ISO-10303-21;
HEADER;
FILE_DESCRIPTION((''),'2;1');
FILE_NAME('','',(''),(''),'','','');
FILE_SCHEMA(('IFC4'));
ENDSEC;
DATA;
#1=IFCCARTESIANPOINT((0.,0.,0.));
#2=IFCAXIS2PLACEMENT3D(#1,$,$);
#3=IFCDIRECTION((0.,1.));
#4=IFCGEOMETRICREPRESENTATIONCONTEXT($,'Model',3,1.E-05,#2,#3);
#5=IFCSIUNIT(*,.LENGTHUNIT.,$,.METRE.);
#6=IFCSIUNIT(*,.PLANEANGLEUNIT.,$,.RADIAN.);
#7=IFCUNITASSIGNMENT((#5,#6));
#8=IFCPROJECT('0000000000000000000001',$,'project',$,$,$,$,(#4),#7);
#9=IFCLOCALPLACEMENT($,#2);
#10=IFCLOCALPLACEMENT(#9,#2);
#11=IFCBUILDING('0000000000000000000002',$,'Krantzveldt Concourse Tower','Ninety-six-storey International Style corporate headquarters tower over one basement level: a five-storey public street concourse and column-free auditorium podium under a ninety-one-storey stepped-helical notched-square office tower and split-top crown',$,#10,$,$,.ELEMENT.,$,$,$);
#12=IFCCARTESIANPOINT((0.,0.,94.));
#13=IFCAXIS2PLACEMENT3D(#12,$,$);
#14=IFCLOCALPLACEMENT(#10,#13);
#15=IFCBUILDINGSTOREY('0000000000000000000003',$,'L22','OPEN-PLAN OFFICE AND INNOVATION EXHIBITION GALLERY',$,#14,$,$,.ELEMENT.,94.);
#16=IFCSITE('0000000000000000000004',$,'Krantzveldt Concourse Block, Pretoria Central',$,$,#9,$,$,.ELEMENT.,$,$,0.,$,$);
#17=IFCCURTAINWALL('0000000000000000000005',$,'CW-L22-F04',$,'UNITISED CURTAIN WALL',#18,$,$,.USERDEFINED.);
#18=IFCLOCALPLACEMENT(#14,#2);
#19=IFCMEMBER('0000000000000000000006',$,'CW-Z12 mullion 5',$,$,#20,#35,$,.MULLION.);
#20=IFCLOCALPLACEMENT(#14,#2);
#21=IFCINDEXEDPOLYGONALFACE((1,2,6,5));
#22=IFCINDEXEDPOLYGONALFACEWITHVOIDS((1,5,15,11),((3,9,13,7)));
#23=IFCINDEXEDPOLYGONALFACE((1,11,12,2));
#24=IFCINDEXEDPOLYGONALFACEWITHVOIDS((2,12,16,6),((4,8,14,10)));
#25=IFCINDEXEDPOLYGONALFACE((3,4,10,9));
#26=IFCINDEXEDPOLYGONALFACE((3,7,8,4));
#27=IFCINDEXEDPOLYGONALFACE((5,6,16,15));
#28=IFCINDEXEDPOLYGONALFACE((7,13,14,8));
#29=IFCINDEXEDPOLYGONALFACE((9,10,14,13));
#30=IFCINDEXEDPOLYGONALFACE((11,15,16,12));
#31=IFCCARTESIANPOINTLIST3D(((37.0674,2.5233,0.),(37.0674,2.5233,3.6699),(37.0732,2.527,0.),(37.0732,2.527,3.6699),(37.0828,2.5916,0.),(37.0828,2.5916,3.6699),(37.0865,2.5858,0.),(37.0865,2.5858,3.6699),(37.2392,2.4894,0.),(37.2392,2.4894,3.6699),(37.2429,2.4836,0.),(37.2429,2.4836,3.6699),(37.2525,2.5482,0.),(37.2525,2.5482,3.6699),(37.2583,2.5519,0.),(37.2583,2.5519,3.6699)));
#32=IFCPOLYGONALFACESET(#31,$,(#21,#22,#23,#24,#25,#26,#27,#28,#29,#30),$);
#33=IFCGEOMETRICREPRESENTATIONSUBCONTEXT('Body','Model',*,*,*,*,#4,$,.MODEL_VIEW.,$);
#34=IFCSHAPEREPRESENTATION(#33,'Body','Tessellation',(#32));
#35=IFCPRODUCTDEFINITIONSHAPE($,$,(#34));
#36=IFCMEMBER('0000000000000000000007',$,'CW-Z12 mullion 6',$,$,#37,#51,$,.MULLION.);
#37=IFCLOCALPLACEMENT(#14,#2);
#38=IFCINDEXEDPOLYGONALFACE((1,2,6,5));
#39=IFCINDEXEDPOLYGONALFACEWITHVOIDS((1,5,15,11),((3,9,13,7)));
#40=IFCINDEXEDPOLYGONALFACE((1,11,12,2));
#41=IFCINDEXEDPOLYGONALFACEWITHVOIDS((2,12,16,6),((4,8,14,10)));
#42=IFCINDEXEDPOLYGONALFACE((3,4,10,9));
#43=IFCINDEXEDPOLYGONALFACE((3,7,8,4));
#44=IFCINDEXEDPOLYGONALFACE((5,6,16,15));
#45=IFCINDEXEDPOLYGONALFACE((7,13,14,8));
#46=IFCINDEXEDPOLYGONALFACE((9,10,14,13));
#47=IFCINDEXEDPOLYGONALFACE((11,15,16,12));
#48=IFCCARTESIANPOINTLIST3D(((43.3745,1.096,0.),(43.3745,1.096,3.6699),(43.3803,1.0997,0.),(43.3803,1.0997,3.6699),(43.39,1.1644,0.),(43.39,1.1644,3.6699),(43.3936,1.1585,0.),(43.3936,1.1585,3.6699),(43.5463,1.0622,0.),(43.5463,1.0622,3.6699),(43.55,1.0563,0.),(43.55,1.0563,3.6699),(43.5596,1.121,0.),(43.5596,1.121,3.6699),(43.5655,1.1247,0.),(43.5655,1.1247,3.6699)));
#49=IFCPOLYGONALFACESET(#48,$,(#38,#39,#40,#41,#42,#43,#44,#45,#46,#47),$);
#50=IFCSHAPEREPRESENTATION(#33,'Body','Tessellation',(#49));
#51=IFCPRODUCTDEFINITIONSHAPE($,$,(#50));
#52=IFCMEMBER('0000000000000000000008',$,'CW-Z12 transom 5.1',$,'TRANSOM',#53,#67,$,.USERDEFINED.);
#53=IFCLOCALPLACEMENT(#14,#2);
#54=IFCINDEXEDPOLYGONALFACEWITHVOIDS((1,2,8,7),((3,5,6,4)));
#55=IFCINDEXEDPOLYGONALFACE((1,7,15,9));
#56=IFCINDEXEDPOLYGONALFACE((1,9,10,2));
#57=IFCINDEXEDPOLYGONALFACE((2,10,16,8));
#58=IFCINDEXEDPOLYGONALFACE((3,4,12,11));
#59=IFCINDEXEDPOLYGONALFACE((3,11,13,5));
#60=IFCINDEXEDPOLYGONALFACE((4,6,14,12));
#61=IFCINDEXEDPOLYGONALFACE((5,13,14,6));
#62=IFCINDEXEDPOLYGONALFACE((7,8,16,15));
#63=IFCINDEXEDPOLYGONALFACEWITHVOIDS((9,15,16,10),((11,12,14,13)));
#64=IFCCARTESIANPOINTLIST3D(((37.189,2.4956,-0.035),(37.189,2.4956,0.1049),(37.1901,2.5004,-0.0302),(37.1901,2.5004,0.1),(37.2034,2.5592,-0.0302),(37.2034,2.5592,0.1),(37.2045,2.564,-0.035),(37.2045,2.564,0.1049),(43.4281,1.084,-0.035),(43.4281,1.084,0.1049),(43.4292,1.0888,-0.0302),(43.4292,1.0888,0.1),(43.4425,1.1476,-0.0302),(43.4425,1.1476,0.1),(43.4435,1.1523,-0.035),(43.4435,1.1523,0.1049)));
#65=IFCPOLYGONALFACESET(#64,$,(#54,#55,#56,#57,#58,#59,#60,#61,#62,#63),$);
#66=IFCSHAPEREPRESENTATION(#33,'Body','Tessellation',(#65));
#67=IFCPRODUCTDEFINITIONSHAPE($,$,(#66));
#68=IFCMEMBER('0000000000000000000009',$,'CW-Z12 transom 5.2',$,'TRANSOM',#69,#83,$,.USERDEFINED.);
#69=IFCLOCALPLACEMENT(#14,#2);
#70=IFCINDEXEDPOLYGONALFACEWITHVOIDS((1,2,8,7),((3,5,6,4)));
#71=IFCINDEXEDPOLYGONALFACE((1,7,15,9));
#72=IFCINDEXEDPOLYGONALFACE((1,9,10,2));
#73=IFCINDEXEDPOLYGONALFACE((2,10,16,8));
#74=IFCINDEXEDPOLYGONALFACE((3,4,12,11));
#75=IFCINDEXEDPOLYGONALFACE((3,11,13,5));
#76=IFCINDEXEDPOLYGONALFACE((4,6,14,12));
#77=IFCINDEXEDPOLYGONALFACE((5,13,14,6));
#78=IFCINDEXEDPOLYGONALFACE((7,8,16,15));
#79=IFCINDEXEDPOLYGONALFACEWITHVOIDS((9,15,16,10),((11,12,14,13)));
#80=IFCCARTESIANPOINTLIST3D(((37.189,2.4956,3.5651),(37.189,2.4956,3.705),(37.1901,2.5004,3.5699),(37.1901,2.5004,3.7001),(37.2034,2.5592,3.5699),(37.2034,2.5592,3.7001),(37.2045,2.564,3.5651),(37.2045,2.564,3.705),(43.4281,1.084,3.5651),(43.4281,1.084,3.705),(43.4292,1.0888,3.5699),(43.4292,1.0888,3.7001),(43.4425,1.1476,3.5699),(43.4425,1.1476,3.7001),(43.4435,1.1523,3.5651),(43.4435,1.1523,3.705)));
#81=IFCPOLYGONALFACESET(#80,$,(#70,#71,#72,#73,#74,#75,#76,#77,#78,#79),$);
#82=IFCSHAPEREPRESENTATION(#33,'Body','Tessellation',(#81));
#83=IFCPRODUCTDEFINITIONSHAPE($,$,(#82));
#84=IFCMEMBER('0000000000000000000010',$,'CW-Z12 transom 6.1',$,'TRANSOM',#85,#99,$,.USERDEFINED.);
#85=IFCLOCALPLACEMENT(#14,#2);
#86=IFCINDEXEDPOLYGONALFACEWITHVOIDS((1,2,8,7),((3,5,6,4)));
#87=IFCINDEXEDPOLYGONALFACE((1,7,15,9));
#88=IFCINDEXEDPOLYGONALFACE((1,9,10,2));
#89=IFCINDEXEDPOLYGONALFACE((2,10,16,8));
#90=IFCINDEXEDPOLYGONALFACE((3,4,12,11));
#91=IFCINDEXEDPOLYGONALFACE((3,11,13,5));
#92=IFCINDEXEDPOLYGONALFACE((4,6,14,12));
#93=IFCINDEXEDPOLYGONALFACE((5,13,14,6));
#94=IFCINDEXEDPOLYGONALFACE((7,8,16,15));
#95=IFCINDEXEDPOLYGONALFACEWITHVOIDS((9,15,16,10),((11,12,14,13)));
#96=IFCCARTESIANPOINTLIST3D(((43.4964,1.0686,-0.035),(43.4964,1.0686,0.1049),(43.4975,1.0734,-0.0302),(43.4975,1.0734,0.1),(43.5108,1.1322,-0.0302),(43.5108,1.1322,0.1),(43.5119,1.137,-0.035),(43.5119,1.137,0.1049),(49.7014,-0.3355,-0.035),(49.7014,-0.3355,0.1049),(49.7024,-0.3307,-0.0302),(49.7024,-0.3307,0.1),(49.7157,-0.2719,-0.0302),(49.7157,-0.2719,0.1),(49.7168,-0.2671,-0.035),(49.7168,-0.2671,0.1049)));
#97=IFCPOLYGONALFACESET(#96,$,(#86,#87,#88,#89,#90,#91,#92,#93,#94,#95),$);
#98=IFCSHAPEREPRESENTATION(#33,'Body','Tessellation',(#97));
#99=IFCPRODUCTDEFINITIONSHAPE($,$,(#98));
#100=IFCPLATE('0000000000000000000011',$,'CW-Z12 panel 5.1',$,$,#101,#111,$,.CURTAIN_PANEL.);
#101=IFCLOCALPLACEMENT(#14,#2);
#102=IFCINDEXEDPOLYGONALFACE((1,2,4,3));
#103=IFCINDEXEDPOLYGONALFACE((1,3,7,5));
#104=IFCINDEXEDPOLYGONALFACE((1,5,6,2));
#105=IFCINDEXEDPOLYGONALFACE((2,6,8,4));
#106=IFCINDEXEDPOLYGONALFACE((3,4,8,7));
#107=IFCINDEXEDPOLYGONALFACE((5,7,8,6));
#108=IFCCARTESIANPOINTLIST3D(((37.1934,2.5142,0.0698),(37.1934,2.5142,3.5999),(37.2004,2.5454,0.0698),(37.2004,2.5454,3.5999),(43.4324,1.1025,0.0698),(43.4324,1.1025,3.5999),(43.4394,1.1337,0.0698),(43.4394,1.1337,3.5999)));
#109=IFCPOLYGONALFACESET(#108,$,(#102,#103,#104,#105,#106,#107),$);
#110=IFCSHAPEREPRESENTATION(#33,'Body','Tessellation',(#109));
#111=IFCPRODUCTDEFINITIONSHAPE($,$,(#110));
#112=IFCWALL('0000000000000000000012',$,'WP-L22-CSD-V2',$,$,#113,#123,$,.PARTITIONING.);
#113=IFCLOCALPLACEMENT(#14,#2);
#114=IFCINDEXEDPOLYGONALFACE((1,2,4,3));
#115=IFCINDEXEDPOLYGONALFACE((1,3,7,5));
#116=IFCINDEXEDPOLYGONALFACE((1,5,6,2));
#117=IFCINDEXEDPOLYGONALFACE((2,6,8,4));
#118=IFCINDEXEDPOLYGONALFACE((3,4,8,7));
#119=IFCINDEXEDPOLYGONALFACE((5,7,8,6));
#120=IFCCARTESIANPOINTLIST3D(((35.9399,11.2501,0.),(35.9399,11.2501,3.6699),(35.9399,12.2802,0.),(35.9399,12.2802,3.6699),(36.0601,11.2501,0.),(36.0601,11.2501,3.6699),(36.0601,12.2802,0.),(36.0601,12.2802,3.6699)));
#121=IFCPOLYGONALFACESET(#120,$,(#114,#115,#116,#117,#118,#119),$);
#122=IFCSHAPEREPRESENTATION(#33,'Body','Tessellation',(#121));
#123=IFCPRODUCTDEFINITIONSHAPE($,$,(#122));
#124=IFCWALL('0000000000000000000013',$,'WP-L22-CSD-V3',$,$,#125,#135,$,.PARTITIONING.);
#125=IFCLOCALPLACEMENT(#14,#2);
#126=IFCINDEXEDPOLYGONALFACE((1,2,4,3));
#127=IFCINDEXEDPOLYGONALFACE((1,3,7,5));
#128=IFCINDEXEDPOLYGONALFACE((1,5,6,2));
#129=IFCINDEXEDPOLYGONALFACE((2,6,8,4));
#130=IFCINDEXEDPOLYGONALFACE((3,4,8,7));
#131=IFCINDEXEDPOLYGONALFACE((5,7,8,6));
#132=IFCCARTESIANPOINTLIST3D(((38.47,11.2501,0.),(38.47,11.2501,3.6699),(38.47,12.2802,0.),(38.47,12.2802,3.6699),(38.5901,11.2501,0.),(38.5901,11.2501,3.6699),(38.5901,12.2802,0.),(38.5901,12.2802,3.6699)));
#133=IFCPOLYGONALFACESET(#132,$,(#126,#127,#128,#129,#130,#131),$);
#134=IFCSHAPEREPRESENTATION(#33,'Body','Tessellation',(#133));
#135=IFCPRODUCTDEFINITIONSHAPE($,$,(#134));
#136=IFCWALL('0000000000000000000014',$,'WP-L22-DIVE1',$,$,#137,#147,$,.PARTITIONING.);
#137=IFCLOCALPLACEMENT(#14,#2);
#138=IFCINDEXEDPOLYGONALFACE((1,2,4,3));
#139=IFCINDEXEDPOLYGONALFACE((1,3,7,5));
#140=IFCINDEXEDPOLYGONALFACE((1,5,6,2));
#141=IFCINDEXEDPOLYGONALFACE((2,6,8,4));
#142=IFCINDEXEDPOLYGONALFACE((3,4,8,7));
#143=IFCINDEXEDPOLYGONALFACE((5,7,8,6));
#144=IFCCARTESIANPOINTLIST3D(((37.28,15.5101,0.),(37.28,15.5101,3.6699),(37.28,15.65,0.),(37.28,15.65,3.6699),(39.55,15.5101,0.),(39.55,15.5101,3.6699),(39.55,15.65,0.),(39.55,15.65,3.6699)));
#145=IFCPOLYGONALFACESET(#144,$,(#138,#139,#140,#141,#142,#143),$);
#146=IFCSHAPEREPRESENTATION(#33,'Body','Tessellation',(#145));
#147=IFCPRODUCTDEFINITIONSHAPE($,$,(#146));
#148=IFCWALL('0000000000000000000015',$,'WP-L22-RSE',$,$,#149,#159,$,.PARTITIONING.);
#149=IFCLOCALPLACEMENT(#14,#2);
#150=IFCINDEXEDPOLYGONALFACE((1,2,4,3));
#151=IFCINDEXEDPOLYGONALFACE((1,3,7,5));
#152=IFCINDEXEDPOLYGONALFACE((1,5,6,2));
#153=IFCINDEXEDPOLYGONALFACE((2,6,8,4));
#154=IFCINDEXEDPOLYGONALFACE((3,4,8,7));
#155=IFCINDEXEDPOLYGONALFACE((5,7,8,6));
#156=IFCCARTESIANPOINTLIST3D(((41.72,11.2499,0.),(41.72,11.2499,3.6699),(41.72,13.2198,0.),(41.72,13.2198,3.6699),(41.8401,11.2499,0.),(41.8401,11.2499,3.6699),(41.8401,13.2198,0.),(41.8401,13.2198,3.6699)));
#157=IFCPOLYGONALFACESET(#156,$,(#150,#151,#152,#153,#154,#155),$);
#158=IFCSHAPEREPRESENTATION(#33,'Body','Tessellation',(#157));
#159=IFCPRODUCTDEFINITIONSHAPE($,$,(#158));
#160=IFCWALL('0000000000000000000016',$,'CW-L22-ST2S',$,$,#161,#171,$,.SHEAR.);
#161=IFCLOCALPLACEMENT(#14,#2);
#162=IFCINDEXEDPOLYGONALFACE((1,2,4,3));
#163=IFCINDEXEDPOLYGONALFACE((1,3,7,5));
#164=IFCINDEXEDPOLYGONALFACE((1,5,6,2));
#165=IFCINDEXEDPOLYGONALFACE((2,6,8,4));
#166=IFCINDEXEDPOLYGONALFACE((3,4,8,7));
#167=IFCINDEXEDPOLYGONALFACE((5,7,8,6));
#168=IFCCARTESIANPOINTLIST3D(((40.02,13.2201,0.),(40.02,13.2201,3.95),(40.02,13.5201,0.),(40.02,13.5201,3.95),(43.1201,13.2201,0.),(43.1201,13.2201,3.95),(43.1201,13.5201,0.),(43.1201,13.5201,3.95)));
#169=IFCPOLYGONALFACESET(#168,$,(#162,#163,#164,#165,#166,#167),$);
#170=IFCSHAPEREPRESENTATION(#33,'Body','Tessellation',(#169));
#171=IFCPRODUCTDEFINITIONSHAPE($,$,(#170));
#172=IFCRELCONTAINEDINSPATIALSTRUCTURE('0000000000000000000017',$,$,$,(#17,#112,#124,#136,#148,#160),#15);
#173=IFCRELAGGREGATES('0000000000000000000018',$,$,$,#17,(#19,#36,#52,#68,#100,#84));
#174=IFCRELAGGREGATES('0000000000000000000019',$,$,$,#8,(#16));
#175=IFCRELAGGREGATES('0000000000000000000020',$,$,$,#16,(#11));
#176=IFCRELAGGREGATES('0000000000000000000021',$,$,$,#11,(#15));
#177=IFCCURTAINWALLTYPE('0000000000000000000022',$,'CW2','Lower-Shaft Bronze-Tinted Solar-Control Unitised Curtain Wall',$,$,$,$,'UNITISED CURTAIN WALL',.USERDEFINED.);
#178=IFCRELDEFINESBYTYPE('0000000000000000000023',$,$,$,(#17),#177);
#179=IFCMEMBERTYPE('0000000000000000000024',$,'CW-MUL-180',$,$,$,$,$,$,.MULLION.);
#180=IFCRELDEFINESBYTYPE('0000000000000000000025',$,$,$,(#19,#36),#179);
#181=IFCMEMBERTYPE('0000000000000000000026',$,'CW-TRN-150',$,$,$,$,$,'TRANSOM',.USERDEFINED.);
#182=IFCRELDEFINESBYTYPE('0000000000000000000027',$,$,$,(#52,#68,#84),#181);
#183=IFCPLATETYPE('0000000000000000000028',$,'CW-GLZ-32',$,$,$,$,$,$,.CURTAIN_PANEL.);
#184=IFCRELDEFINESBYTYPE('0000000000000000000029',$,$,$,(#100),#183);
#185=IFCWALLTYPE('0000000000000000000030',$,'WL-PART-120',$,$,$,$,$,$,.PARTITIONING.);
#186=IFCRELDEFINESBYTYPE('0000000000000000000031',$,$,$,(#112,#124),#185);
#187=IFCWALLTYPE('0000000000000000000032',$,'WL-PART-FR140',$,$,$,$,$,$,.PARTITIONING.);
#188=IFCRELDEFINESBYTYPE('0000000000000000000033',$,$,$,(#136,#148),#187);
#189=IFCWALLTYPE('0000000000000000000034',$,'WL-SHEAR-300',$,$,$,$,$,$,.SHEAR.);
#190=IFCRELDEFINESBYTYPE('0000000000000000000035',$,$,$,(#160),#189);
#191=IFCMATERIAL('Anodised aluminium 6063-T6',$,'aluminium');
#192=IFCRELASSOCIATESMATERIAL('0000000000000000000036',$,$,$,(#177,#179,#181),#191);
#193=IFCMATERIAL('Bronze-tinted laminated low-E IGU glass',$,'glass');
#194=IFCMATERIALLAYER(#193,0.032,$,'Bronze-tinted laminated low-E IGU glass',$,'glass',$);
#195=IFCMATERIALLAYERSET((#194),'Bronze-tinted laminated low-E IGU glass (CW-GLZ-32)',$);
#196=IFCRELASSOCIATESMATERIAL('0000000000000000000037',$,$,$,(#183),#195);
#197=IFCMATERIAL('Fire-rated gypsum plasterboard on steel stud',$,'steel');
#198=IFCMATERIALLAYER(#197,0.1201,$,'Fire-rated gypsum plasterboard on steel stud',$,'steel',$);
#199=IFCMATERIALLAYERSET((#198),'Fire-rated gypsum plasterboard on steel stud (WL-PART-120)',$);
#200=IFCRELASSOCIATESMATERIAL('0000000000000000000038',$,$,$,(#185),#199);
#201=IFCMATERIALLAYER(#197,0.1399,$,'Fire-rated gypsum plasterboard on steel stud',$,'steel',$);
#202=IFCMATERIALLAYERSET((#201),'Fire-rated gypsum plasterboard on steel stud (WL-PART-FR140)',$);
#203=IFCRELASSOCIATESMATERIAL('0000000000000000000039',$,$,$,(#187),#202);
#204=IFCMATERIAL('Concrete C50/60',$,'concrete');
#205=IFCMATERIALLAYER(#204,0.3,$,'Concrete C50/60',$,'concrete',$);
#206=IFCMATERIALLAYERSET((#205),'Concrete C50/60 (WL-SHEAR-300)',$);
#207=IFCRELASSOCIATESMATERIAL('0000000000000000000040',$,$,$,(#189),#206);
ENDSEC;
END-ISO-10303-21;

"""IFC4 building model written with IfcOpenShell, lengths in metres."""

from ifc_helpers import new_model, si_unit, direction, frame, frame_2d, origin, origin_2d, place, context, subcontext, project, spatial, rectangle, hollow_rectangle, extrude, source, transform, mapped, material, layer, layer_set, material_profile, profile_set, type_object, type_shapes, element, aggregate, save


model = new_model("IFC4")

# Units and contexts
model_context = context("Model", 3, precision=1e-05, world=origin(), true_north=direction((0.0, 1.0)))
body_context = subcontext(model_context, "Body", "Model", "MODEL_VIEW")
ifc_project = project(units=[si_unit("LENGTHUNIT", "METRE"), si_unit("PLANEANGLEUNIT", "RADIAN")], contexts=[model_context])

# Site, building, storey
site_placement = place(None, origin())
site = spatial("IfcSite", under=ifc_project, at=site_placement, Name="Krantzveldt Concourse Block, Pretoria Central", CompositionType="ELEMENT", RefElevation=0.0)
building_placement = place(site_placement, origin())
building = spatial("IfcBuilding", under=site, at=building_placement, Name="Krantzveldt Concourse Tower", Description="Ninety-six-storey International Style corporate headquarters tower over one basement level: a five-storey public street concourse and column-free auditorium podium under a ninety-one-storey stepped-helical notched-square office tower and split-top crown", CompositionType="ELEMENT")
storey_placement = place(building_placement, frame((0.0, 0.0, 94.0)))
storey = spatial("IfcBuildingStorey", under=building, at=storey_placement, Name="L22", Description="OPEN-PLAN OFFICE AND INNOVATION EXHIBITION GALLERY", CompositionType="ELEMENT", Elevation=94.0)

# Curtain wall, members, plate
ifc_material_1 = material(Name="Anodised aluminium 6063-T6", Category="aluminium")
curtain_wall_type = type_object("IfcCurtainWallType", Name="CW2", Description="Lower-Shaft Bronze-Tinted Solar-Control Unitised Curtain Wall", ElementType="UNITISED CURTAIN WALL", PredefinedType="USERDEFINED", material=ifc_material_1)
curtain_wall_placement = place(storey_placement, origin())
curtain_wall = element("IfcCurtainWall", 1, at=curtain_wall_placement, inside=storey, type_object=curtain_wall_type, Name="CW-L22-F04", ObjectType="UNITISED CURTAIN WALL", PredefinedType="USERDEFINED")
ifc_material_profile_1 = material_profile(ifc_material_1, hollow_rectangle(XDim=0.0701, YDim=0.1799, WallThickness=0.0049, at=origin_2d()), Name="Anodised aluminium 6063-T6", Category="aluminium")
ifc_profile_set_1 = profile_set([ifc_material_profile_1], Name="Anodised aluminium 6063-T6 - ALU-MULL 180x70x5")
member_type_1 = type_object("IfcMemberType", Name="CW-MUL-180", PredefinedType="MULLION", material=ifc_profile_set_1)
shared_shape_1 = source(origin(), body_context, "Body", "SweptSolid", [
    extrude(hollow_rectangle(XDim=0.0701, YDim=0.1799, WallThickness=0.0049, at=origin_2d()), origin(), (0.0, 0.0, 1.0), 3.6699),
])
type_shapes(member_type_1, [shared_shape_1])
member_1_placement = place(storey_placement, frame((37.1628, 2.5376, 0.0), z_axis=(0.0, 0.0, 1.0), x_axis=(0.220697, 0.975342, 0.0)))
member_1 = element("IfcMember", 2, at=member_1_placement, type_object=member_type_1, Name="CW-Z12 mullion 5", PredefinedType="MULLION", context=body_context, shape_type="MappedRepresentation", body=[
    mapped(shared_shape_1, transform((0.0, 0.0, 0.0), x_axis=(1.0, 0.0, 0.0), y_axis=(0.0, 1.0, 0.0), z_axis=(0.0, 0.0, 1.0), scale=1.0)),
])
member_2_placement = place(storey_placement, frame((43.47, 1.1104, 0.0), z_axis=(0.0, 0.0, 1.0), x_axis=(0.220697, 0.975342, 0.0)))
member_2 = element("IfcMember", 3, at=member_2_placement, type_object=member_type_1, Name="CW-Z12 mullion 6", PredefinedType="MULLION", context=body_context, shape_type="MappedRepresentation", body=[
    mapped(shared_shape_1, transform((0.0, 0.0, 0.0), x_axis=(1.0, 0.0, 0.0), y_axis=(0.0, 1.0, 0.0), z_axis=(0.0, 0.0, 1.0), scale=1.0)),
])
ifc_material_profile_2 = material_profile(ifc_material_1, hollow_rectangle(XDim=0.0701, YDim=0.1399, WallThickness=0.0049, at=origin_2d()), Name="Anodised aluminium 6063-T6", Category="aluminium")
ifc_profile_set_2 = profile_set([ifc_material_profile_2], Name="Anodised aluminium 6063-T6 - ALU-TRAN 140x70x5")
member_type_2 = type_object("IfcMemberType", Name="CW-TRN-150", ElementType="TRANSOM", PredefinedType="USERDEFINED", material=ifc_profile_set_2)
shared_shape_2 = source(origin(), body_context, "Body", "SweptSolid", [
    extrude(hollow_rectangle(XDim=0.0701, YDim=0.1399, WallThickness=0.0049, at=origin_2d()), origin(), (0.0, 0.0, 1.0), 6.3967),
])
member_3_placement = place(storey_placement, frame((37.1968, 2.5298, 0.0349), z_axis=(0.975346, -0.220679, 0.0), x_axis=(0.220679, 0.975346, 0.0)))
member_3 = element("IfcMember", 4, at=member_3_placement, type_object=member_type_2, Name="CW-Z12 transom 5.1", ObjectType="TRANSOM", PredefinedType="USERDEFINED", context=body_context, shape_type="MappedRepresentation", body=[
    mapped(shared_shape_2, transform((0.0, 0.0, 0.0), x_axis=(1.0, 0.0, 0.0), y_axis=(0.0, 1.0, 0.0), z_axis=(0.0, 0.0, 1.0), scale=1.0)),
])
member_4_placement = place(storey_placement, frame((37.1968, 2.5298, 3.635), z_axis=(0.975346, -0.220679, 0.0), x_axis=(0.220679, 0.975346, 0.0)))
member_4 = element("IfcMember", 5, at=member_4_placement, type_object=member_type_2, Name="CW-Z12 transom 5.2", ObjectType="TRANSOM", PredefinedType="USERDEFINED", context=body_context, shape_type="MappedRepresentation", body=[
    mapped(shared_shape_2, transform((0.0, 0.0, 0.0), x_axis=(1.0, 0.0, 0.0), y_axis=(0.0, 1.0, 0.0), z_axis=(0.0, 0.0, 1.0), scale=1.0)),
])
shared_shape_3 = source(origin(), body_context, "Body", "SweptSolid", [
    extrude(hollow_rectangle(XDim=0.0701, YDim=0.1399, WallThickness=0.0049, at=origin_2d()), origin(), (0.0, 0.0, 1.0), 6.3618),
])
type_shapes(member_type_2, [shared_shape_2, shared_shape_3])
member_5_placement = place(storey_placement, frame((43.5042, 1.1028, 0.0349), z_axis=(0.975341, -0.220704, 0.0), x_axis=(0.220704, 0.975341, 0.0)))
member_5 = element("IfcMember", 6, at=member_5_placement, type_object=member_type_2, Name="CW-Z12 transom 6.1", ObjectType="TRANSOM", PredefinedType="USERDEFINED", context=body_context, shape_type="MappedRepresentation", body=[
    mapped(shared_shape_3, transform((0.0, 0.0, 0.0), x_axis=(1.0, 0.0, 0.0), y_axis=(0.0, 1.0, 0.0), z_axis=(0.0, 0.0, 1.0), scale=1.0)),
])
ifc_material_2 = material(Name="Bronze-tinted laminated low-E IGU glass", Category="glass")
ifc_layer_1 = layer(ifc_material_2, 0.032, Name="Bronze-tinted laminated low-E IGU glass", Category="glass")
ifc_layer_set_1 = layer_set([ifc_layer_1], Name="Bronze-tinted laminated low-E IGU glass (CW-GLZ-32)")
plate_type = type_object("IfcPlateType", Name="CW-GLZ-32", PredefinedType="CURTAIN_PANEL", material=ifc_layer_set_1)
shared_shape_4 = source(origin(), body_context, "Body", "SweptSolid", [
    extrude(rectangle(XDim=6.3967, YDim=0.032, at=origin_2d()), origin(), (0.0, 0.0, 1.0), 3.53),
])
type_shapes(plate_type, [shared_shape_4])
plate_placement = place(storey_placement, frame((40.3164, 1.824, 0.0698), z_axis=(0.0, 0.0, 1.0), x_axis=(0.975342, -0.220697, 0.0)))
plate = element("IfcPlate", 7, at=plate_placement, type_object=plate_type, Name="CW-Z12 panel 5.1", PredefinedType="CURTAIN_PANEL", context=body_context, shape_type="MappedRepresentation", body=[
    mapped(shared_shape_4, transform((0.0, 0.0, 0.0), x_axis=(1.0, 0.0, 0.0), y_axis=(0.0, 1.0, 0.0), z_axis=(0.0, 0.0, 1.0), scale=1.0)),
])
aggregate(curtain_wall, [member_1, member_2, member_3, member_4, plate, member_5])

# Walls
ifc_material_3 = material(Name="Fire-rated gypsum plasterboard on steel stud", Category="steel")
ifc_layer_2 = layer(ifc_material_3, 0.1201, Name="Fire-rated gypsum plasterboard on steel stud", Category="steel")
ifc_layer_set_2 = layer_set([ifc_layer_2], Name="Fire-rated gypsum plasterboard on steel stud (WL-PART-120)")
wall_type_1 = type_object("IfcWallType", Name="WL-PART-120", PredefinedType="PARTITIONING", material=ifc_layer_set_2)
for number, where, z_axis, x_axis, name in (
    (8, (36.0, 11.25, 0.0), (0.0, 0.0, 1.0), (0.0, 1.0, 0.0), "WP-L22-CSD-V2"),
    (9, (38.53, 11.25, 0.0), (0.0, 0.0, 1.0), (0.0, 1.0, 0.0), "WP-L22-CSD-V3"),
):
    element("IfcWall", number, at=place(storey_placement, frame(where, z_axis=z_axis, x_axis=x_axis)), inside=storey, type_object=wall_type_1, Name=name, PredefinedType="PARTITIONING", context=body_context, shape_type="SweptSolid", body=[
        extrude(rectangle(XDim=1.03, YDim=0.1201, at=frame_2d((0.5151, 0.0))), origin(), (0.0, 0.0, 1.0), 3.6699),
    ])

# Shared definitions
ifc_layer_3 = layer(ifc_material_3, 0.1399, Name="Fire-rated gypsum plasterboard on steel stud", Category="steel")
ifc_layer_set_3 = layer_set([ifc_layer_3], Name="Fire-rated gypsum plasterboard on steel stud (WL-PART-FR140)")
wall_type_2 = type_object("IfcWallType", Name="WL-PART-FR140", PredefinedType="PARTITIONING", material=ifc_layer_set_3)

# Walls
wall_1_placement = place(storey_placement, frame((37.28, 15.5801, 0.0), z_axis=(0.0, 0.0, 1.0), x_axis=(1.0, 0.0, 0.0)))
element("IfcWall", 10, at=wall_1_placement, inside=storey, type_object=wall_type_2, Name="WP-L22-DIVE1", PredefinedType="PARTITIONING", context=body_context, shape_type="SweptSolid", body=[
    extrude(rectangle(XDim=2.27, YDim=0.1399, at=frame_2d((1.135, 0.0))), origin(), (0.0, 0.0, 1.0), 3.6699),
])
wall_2_placement = place(storey_placement, frame((41.78, 11.25, 0.0), z_axis=(0.0, 0.0, 1.0), x_axis=(0.0, 1.0, 0.0)))
element("IfcWall", 11, at=wall_2_placement, inside=storey, type_object=wall_type_2, Name="WP-L22-RSE", PredefinedType="PARTITIONING", context=body_context, shape_type="SweptSolid", body=[
    extrude(rectangle(XDim=1.97, YDim=0.1201, at=frame_2d((0.9849, 0.0))), origin(), (0.0, 0.0, 1.0), 3.6699),
])
ifc_material_4 = material(Name="Concrete C50/60", Category="concrete")
ifc_layer_4 = layer(ifc_material_4, 0.3, Name="Concrete C50/60", Category="concrete")
ifc_layer_set_4 = layer_set([ifc_layer_4], Name="Concrete C50/60 (WL-SHEAR-300)")
wall_type_3 = type_object("IfcWallType", Name="WL-SHEAR-300", PredefinedType="SHEAR", material=ifc_layer_set_4)
wall_3_placement = place(storey_placement, frame((40.02, 13.3701, 0.0), z_axis=(0.0, 0.0, 1.0), x_axis=(1.0, 0.0, 0.0)))
element("IfcWall", 12, at=wall_3_placement, inside=storey, type_object=wall_type_3, Name="CW-L22-ST2S", PredefinedType="SHEAR", context=body_context, shape_type="SweptSolid", body=[
    extrude(rectangle(XDim=3.1001, YDim=0.3, at=frame_2d((1.55, 0.0))), origin(), (0.0, 0.0, 1.0), 3.95),
])

save(model, "model.ifc")
